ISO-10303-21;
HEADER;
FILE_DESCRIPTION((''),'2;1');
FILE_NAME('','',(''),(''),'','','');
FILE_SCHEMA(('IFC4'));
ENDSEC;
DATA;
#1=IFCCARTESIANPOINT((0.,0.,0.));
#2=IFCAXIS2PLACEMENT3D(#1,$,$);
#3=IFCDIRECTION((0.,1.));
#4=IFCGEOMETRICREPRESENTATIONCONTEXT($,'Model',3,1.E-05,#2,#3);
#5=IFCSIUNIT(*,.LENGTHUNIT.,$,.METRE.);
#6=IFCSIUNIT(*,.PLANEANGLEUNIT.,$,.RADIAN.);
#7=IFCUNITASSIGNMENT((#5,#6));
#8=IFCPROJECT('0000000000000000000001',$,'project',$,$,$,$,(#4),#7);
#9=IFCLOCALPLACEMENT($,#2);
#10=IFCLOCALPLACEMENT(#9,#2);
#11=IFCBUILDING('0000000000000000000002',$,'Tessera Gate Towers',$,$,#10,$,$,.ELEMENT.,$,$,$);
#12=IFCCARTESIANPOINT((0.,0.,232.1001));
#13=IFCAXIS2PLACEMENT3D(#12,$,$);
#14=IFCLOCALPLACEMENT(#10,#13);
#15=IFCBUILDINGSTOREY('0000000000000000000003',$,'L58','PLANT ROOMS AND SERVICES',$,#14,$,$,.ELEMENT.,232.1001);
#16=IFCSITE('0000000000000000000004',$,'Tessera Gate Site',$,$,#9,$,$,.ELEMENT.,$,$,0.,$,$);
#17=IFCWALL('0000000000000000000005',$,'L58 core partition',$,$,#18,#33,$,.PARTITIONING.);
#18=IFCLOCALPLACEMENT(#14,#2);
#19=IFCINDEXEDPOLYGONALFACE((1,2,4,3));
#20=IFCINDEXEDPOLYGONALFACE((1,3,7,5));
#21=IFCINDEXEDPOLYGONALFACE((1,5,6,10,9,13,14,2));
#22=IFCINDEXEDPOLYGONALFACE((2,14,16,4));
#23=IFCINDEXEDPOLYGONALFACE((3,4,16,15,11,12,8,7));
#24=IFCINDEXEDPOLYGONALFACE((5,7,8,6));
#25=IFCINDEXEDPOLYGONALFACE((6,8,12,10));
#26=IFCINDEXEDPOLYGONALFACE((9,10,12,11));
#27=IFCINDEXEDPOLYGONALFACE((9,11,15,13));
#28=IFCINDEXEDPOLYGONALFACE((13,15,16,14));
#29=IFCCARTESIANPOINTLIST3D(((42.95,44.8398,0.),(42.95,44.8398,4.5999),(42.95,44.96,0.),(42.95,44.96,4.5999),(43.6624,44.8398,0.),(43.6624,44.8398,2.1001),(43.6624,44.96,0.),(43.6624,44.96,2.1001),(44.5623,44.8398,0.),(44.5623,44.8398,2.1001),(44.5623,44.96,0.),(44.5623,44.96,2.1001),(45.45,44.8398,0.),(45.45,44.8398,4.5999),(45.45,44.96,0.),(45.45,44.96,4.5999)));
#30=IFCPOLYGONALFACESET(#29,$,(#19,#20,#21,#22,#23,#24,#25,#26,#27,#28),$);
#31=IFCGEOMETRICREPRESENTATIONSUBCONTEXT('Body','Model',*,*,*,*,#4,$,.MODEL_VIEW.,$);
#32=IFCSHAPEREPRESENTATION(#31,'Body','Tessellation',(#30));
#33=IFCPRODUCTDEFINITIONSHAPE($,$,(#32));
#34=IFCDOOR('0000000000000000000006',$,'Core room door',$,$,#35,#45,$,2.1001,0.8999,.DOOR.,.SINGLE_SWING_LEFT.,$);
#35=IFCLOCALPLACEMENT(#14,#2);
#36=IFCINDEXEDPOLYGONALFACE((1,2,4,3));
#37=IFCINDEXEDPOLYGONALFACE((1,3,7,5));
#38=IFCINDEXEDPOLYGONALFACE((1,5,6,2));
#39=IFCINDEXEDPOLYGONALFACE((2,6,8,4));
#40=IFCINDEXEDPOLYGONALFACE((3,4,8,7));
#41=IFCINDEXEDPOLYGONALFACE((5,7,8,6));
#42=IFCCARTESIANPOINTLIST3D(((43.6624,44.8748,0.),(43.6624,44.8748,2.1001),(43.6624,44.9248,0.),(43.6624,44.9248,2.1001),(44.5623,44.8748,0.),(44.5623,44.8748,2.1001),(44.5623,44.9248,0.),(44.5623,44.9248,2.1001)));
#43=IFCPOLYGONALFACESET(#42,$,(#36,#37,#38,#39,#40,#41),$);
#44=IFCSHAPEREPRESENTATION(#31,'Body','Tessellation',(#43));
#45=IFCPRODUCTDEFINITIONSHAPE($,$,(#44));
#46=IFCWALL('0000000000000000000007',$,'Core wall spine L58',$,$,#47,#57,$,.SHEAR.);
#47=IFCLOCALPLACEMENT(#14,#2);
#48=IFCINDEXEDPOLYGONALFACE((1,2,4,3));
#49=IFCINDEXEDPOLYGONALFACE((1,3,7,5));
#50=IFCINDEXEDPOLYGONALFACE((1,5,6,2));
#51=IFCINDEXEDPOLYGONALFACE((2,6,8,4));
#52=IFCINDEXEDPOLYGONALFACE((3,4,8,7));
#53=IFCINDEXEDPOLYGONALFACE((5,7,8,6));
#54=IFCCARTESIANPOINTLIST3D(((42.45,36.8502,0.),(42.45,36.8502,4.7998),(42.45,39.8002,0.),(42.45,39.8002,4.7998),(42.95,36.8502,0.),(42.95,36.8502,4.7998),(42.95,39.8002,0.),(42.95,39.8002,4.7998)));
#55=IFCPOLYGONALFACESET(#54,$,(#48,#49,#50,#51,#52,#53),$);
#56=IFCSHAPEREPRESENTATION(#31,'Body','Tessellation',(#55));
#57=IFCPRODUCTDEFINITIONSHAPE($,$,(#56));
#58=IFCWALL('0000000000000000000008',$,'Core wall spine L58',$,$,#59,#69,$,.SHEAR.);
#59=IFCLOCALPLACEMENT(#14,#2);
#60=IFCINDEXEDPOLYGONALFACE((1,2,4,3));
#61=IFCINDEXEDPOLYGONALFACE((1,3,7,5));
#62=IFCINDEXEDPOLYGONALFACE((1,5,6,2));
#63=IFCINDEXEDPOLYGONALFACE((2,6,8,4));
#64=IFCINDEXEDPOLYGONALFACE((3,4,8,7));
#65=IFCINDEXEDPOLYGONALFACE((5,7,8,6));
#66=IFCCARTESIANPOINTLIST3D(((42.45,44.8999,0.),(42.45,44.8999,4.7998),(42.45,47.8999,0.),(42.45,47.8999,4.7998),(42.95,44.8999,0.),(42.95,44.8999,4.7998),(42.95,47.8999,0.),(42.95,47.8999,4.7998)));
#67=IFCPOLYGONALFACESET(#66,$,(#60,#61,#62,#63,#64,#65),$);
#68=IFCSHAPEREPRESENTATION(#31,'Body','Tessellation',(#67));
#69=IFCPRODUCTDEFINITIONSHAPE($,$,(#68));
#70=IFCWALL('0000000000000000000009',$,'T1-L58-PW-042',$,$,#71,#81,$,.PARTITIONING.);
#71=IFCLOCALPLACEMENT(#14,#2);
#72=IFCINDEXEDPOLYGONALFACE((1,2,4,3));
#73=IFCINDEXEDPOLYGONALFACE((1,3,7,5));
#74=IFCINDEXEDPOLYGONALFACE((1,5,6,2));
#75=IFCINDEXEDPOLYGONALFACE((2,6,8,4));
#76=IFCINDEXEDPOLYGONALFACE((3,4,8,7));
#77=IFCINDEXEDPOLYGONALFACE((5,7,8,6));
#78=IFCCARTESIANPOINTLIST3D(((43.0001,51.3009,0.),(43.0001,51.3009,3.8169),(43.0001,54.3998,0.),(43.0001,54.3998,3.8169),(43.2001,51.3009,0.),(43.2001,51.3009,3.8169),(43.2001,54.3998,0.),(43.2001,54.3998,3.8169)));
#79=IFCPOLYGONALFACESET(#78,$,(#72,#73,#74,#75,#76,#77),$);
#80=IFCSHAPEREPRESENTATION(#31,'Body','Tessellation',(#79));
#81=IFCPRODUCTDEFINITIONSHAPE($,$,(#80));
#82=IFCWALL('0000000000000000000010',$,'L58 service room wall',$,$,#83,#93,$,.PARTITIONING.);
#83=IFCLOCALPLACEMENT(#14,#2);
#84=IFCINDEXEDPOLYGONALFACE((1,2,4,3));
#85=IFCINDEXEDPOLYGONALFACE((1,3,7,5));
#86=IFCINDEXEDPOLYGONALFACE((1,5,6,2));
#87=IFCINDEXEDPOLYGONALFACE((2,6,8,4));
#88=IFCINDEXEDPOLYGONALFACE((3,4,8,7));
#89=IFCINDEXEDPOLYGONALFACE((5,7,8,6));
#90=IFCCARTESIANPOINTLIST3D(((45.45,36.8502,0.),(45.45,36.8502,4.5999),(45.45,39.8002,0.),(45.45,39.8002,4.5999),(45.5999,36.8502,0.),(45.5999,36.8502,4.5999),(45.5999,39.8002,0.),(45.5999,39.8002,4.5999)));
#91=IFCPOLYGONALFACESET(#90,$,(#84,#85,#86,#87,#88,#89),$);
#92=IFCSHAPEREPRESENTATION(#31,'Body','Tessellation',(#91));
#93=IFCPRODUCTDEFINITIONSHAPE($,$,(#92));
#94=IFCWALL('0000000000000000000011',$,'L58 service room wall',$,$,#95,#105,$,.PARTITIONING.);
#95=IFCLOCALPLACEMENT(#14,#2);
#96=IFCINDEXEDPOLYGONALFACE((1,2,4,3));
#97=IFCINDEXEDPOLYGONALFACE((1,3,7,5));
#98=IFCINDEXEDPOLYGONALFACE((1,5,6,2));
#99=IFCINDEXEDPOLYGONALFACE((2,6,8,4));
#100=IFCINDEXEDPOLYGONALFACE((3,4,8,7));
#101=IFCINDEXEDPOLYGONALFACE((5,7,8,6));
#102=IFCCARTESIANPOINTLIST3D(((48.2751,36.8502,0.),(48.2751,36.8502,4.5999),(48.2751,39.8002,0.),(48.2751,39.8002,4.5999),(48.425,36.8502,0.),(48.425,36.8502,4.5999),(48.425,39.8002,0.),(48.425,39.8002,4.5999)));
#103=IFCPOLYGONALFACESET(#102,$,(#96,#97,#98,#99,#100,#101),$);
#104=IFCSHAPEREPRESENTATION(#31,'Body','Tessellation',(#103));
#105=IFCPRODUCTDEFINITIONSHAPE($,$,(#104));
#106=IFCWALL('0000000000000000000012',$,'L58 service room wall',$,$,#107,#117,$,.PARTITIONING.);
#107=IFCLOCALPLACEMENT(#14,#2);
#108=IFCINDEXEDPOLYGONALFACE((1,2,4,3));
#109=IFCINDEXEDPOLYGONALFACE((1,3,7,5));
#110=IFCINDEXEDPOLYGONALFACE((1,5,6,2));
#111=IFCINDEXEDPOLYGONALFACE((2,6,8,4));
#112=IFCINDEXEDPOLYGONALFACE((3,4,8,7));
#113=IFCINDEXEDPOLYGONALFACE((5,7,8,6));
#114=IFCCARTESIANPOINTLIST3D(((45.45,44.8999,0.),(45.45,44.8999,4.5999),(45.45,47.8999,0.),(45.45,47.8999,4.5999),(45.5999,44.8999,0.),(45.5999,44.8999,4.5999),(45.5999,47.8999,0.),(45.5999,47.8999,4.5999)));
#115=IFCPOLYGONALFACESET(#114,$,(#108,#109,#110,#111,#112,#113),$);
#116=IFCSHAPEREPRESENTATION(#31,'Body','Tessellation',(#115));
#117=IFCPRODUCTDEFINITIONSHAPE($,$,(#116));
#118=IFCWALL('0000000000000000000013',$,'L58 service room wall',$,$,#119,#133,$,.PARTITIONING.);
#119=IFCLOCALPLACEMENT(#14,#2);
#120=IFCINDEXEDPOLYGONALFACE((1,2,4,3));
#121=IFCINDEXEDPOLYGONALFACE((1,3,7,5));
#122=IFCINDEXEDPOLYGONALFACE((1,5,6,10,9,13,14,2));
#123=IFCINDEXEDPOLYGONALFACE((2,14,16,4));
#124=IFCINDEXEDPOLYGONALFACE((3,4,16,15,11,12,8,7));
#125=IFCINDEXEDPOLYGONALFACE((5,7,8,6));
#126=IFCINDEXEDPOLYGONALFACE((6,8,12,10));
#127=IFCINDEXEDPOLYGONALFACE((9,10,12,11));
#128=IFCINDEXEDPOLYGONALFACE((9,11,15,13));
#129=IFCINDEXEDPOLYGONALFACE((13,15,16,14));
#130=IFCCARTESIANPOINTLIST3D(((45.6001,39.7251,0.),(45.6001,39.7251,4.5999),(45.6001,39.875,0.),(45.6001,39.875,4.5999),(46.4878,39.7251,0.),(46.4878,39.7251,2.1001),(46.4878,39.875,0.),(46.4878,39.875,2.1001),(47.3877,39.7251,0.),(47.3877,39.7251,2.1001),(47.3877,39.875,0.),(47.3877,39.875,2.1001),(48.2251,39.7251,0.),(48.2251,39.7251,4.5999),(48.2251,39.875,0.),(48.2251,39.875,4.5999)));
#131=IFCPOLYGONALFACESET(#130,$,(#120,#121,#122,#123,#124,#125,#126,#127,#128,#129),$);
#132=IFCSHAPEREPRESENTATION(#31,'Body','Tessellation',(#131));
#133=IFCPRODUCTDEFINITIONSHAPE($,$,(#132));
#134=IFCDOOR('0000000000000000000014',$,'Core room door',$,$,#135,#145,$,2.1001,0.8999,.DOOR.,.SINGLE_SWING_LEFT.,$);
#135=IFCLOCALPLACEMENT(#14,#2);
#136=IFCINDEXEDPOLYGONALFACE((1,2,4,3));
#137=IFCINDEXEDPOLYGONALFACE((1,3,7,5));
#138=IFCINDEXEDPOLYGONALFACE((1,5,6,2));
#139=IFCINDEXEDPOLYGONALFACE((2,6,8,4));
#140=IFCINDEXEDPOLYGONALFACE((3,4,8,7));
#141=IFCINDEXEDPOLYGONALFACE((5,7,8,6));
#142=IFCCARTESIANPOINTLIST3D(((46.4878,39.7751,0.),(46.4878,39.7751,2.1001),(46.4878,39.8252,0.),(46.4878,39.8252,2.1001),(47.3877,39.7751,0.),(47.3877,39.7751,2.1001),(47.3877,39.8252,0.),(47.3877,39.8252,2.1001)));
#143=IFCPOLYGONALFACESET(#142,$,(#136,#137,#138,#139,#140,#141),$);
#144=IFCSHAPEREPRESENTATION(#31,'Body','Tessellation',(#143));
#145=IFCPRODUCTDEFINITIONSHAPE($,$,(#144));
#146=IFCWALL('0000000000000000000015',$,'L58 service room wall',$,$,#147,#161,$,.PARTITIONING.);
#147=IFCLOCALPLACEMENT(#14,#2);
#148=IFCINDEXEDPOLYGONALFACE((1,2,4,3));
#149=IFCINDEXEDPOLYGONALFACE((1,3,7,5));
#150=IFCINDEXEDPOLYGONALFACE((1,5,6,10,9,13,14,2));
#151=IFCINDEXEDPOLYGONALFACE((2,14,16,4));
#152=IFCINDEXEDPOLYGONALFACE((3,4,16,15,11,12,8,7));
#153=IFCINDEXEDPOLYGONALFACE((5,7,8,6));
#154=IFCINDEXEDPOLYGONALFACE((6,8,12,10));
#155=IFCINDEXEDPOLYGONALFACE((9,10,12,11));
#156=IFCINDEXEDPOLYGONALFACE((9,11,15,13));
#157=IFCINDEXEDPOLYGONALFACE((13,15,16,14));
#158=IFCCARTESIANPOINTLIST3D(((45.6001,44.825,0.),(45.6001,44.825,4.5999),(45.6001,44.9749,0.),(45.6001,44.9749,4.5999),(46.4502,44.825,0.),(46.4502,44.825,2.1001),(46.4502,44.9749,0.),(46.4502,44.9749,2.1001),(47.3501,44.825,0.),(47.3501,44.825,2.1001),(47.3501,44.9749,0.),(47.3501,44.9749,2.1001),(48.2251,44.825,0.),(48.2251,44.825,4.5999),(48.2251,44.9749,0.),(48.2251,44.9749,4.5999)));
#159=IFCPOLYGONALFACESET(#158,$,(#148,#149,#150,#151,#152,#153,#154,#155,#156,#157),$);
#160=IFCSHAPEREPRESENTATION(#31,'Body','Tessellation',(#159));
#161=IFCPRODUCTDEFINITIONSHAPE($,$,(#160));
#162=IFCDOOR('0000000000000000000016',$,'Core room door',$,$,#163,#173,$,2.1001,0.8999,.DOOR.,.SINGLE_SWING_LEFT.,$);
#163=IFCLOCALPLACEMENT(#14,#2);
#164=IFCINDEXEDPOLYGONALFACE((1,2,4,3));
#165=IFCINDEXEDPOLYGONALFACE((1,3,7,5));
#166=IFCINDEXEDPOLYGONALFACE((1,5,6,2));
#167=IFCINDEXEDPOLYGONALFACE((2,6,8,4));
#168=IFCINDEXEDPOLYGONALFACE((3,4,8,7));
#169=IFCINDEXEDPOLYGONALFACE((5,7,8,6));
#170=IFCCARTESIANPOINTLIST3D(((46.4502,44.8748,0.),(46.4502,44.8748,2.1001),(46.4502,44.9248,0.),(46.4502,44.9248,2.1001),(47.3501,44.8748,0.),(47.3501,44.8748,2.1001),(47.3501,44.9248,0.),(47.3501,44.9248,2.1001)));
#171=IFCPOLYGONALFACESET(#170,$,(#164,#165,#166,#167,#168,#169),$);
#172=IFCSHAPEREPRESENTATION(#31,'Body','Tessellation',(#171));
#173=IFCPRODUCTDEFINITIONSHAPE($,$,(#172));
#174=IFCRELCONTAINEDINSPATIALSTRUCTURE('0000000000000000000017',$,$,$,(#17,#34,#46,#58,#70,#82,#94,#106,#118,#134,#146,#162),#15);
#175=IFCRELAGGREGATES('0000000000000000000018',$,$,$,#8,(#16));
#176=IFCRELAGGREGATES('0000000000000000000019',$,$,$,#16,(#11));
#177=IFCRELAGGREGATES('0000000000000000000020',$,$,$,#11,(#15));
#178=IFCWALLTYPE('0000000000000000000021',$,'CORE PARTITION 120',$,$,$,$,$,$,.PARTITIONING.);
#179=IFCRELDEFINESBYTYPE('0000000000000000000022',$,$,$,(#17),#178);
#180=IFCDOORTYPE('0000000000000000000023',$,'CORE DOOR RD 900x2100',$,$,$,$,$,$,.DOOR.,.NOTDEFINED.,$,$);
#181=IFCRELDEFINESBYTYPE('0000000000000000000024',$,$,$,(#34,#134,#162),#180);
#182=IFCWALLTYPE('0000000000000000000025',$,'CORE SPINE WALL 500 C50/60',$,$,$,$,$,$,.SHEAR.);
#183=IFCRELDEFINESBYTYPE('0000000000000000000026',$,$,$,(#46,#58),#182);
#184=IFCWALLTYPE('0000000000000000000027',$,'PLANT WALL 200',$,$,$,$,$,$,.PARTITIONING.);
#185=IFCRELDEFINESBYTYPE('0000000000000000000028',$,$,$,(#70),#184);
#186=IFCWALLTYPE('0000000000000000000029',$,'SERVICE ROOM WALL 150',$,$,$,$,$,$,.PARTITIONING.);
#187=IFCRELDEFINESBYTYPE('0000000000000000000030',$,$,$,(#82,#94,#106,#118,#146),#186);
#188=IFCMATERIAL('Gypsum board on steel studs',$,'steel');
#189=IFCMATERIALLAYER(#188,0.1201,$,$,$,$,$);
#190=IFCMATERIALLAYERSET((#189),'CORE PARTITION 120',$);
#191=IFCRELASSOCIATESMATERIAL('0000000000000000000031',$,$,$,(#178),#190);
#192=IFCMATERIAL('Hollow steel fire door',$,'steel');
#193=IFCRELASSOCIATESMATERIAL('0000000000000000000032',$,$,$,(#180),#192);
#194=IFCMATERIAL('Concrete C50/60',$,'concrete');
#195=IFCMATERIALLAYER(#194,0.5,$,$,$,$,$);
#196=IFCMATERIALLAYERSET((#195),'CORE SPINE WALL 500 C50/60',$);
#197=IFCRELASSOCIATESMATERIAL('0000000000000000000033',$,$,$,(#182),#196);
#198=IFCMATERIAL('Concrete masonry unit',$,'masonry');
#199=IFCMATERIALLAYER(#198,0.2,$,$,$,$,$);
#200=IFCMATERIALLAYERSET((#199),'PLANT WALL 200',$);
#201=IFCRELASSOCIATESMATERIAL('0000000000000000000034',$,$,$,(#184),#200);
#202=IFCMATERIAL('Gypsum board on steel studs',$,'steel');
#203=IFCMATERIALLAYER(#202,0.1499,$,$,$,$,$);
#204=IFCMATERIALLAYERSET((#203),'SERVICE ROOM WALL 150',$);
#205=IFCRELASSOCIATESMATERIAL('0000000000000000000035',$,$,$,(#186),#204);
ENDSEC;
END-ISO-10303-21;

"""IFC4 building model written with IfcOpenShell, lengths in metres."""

from ifc_helpers import new_model, si_unit, direction, frame, frame_2d, origin, place, context, subcontext, project, spatial, rectangle, extrude, source, transform, mapped, material, layer, layer_set, type_object, element, fill, save


model = new_model("IFC4")

# Units and contexts
model_context = context("Model", 3, precision=1e-05, world=origin(), true_north=direction((0.0, 1.0)))
body_context = subcontext(model_context, "Body", "Model", "MODEL_VIEW")
ifc_project = project(units=[si_unit("LENGTHUNIT", "METRE"), si_unit("PLANEANGLEUNIT", "RADIAN")], contexts=[model_context])

# Site, building, storey
site_placement = place(None, origin())
site = spatial("IfcSite", under=ifc_project, at=site_placement, Name="Tessera Gate Site", CompositionType="ELEMENT", RefElevation=0.0)
building_placement = place(site_placement, origin())
building = spatial("IfcBuilding", under=site, at=building_placement, Name="Tessera Gate Towers", CompositionType="ELEMENT")
storey_placement = place(building_placement, frame((0.0, 0.0, 232.1001)))
storey = spatial("IfcBuildingStorey", under=building, at=storey_placement, Name="L58", Description="PLANT ROOMS AND SERVICES", CompositionType="ELEMENT", Elevation=232.1001)

# Wall, opening, door
ifc_material_1 = material(Name="Gypsum board on steel studs", Category="steel")
ifc_layer_1 = layer(ifc_material_1, 0.1201)
ifc_layer_set_1 = layer_set([ifc_layer_1], Name="CORE PARTITION 120")
wall_type_1 = type_object("IfcWallType", Name="CORE PARTITION 120", PredefinedType="PARTITIONING", material=ifc_layer_set_1)
shared_shape_1 = source(origin(), body_context, "Body", "SweptSolid", [
    extrude(rectangle(XDim=0.8999, YDim=2.1001, at=frame_2d((0.45, 1.05))), frame((0.0, 0.0701, 0.0), z_axis=(0.0, -1.0, 0.0), x_axis=(1.0, 0.0, 0.0)), (0.0, 0.0, 1.0), 0.1401),
])
ifc_material_2 = material(Name="Hollow steel fire door", Category="steel")
door_type_1 = type_object("IfcDoorType", Name="CORE DOOR RD 900x2100", OperationType="NOTDEFINED", PredefinedType="DOOR", material=ifc_material_2)
shared_shape_2 = source(origin(), body_context, "Body", "SweptSolid", [
    extrude(rectangle(XDim=0.8999, YDim=2.1001, at=frame_2d((0.45, 1.05))), frame((0.0, 0.0249, 0.0), z_axis=(0.0, -1.0, 0.0), x_axis=(1.0, 0.0, 0.0)), (0.0, 0.0, 1.0), 0.05),
])
wall_1_placement = place(storey_placement, frame((42.95, 44.8999, 0.0), z_axis=(0.0, 0.0, 1.0), x_axis=(1.0, 0.0, 0.0)))
wall_1 = element("IfcWall", 1, at=wall_1_placement, inside=storey, type_object=wall_type_1, Name="L58 core partition", PredefinedType="PARTITIONING", context=body_context, shape_type="SweptSolid", body=[
    extrude(rectangle(XDim=2.5, YDim=0.1201, at=frame_2d((1.25, 0.0))), origin(), (0.0, 0.0, 1.0), 4.5999),
])
opening_1_placement = place(wall_1_placement, frame((0.7124, 0.0, 0.0)))
opening_1 = element("IfcOpeningElement", 2, at=opening_1_placement, cuts=wall_1, PredefinedType="OPENING", context=body_context, shape_type="MappedRepresentation", body=[
    mapped(shared_shape_1, transform((0.0, 0.0, 0.0), scale=1.0)),
])
door_1_placement = place(opening_1_placement, origin())
door_1 = element("IfcDoor", 3, at=door_1_placement, inside=storey, type_object=door_type_1, Name="Core room door", OperationType="SINGLE_SWING_LEFT", OverallHeight=2.1001, OverallWidth=0.8999, PredefinedType="DOOR", context=body_context, shape_type="MappedRepresentation", body=[
    mapped(shared_shape_2, transform((0.0, 0.0, 0.0), scale=1.0)),
])
fill(opening_1, door_1)

# Walls
ifc_material_3 = material(Name="Concrete C50/60", Category="concrete")
ifc_layer_2 = layer(ifc_material_3, 0.5)
ifc_layer_set_2 = layer_set([ifc_layer_2], Name="CORE SPINE WALL 500 C50/60")
wall_type_2 = type_object("IfcWallType", Name="CORE SPINE WALL 500 C50/60", PredefinedType="SHEAR", material=ifc_layer_set_2)
wall_2_placement = place(storey_placement, frame((42.7, 36.8501, 0.0), z_axis=(0.0, 0.0, 1.0), x_axis=(0.0, 1.0, 0.0)))
element("IfcWall", 4, at=wall_2_placement, inside=storey, type_object=wall_type_2, Name="Core wall spine L58", PredefinedType="SHEAR", context=body_context, shape_type="SweptSolid", body=[
    extrude(rectangle(XDim=2.95, YDim=0.5, at=frame_2d((1.4751, 0.0))), origin(), (0.0, 0.0, 1.0), 4.7998),
])
wall_3_placement = place(storey_placement, frame((42.7, 44.8999, 0.0), z_axis=(0.0, 0.0, 1.0), x_axis=(0.0, 1.0, 0.0)))
element("IfcWall", 5, at=wall_3_placement, inside=storey, type_object=wall_type_2, Name="Core wall spine L58", PredefinedType="SHEAR", context=body_context, shape_type="SweptSolid", body=[
    extrude(rectangle(XDim=3.0, YDim=0.5, at=frame_2d((1.5, 0.0))), origin(), (0.0, 0.0, 1.0), 4.7998),
])
ifc_material_4 = material(Name="Concrete masonry unit", Category="masonry")
ifc_layer_3 = layer(ifc_material_4, 0.2)
ifc_layer_set_3 = layer_set([ifc_layer_3], Name="PLANT WALL 200")
wall_type_3 = type_object("IfcWallType", Name="PLANT WALL 200", PredefinedType="PARTITIONING", material=ifc_layer_set_3)
wall_4_placement = place(storey_placement, frame((43.1001, 51.301, 0.0), z_axis=(0.0, 0.0, 1.0), x_axis=(0.0, 1.0, 0.0)))
element("IfcWall", 6, at=wall_4_placement, inside=storey, type_object=wall_type_3, Name="T1-L58-PW-042", PredefinedType="PARTITIONING", context=body_context, shape_type="SweptSolid", body=[
    extrude(rectangle(XDim=3.0989, YDim=0.2, at=frame_2d((1.5493, 0.0))), origin(), (0.0, 0.0, 1.0), 3.8169),
])
ifc_material_5 = material(Name="Gypsum board on steel studs", Category="steel")
ifc_layer_4 = layer(ifc_material_5, 0.1499)
ifc_layer_set_4 = layer_set([ifc_layer_4], Name="SERVICE ROOM WALL 150")
wall_type_4 = type_object("IfcWallType", Name="SERVICE ROOM WALL 150", PredefinedType="PARTITIONING", material=ifc_layer_set_4)
for number, where, z_axis, x_axis, name in (
    (7, (45.5249, 36.8501, 0.0), (0.0, 0.0, 1.0), (0.0, 1.0, 0.0), "L58 service room wall"),
    (8, (48.3501, 36.8501, 0.0), (0.0, 0.0, 1.0), (0.0, 1.0, 0.0), "L58 service room wall"),
):
    element("IfcWall", number, at=place(storey_placement, frame(where, z_axis=z_axis, x_axis=x_axis)), inside=storey, type_object=wall_type_4, Name=name, PredefinedType="PARTITIONING", context=body_context, shape_type="SweptSolid", body=[
        extrude(rectangle(XDim=2.95, YDim=0.1499, at=frame_2d((1.4751, 0.0))), origin(), (0.0, 0.0, 1.0), 4.5999),
    ])
wall_5_placement = place(storey_placement, frame((45.5249, 44.8999, 0.0), z_axis=(0.0, 0.0, 1.0), x_axis=(0.0, 1.0, 0.0)))
element("IfcWall", 9, at=wall_5_placement, inside=storey, type_object=wall_type_4, Name="L58 service room wall", PredefinedType="PARTITIONING", context=body_context, shape_type="SweptSolid", body=[
    extrude(rectangle(XDim=3.0, YDim=0.1499, at=frame_2d((1.5, 0.0))), origin(), (0.0, 0.0, 1.0), 4.5999),
])

# Walls, openings, doors
wall_6_placement = place(storey_placement, frame((48.2251, 39.8, 0.0), z_axis=(0.0, 0.0, 1.0), x_axis=(-1.0, 0.0, 0.0)))
wall_6 = element("IfcWall", 10, at=wall_6_placement, inside=storey, type_object=wall_type_4, Name="L58 service room wall", PredefinedType="PARTITIONING", context=body_context, shape_type="SweptSolid", body=[
    extrude(rectangle(XDim=2.625, YDim=0.1499, at=frame_2d((1.3125, 0.0))), origin(), (0.0, 0.0, 1.0), 4.5999),
])
shared_shape_3 = source(origin(), body_context, "Body", "SweptSolid", [
    extrude(rectangle(XDim=0.8999, YDim=2.1001, at=frame_2d((0.45, 1.05))), frame((0.0, 0.085, 0.0), z_axis=(0.0, -1.0, 0.0), x_axis=(1.0, 0.0, 0.0)), (0.0, 0.0, 1.0), 0.1699),
])
opening_2_placement = place(wall_6_placement, frame((0.8374, 0.0, 0.0)))
opening_2 = element("IfcOpeningElement", 11, at=opening_2_placement, cuts=wall_6, PredefinedType="OPENING", context=body_context, shape_type="MappedRepresentation", body=[
    mapped(shared_shape_3, transform((0.0, 0.0, 0.0), scale=1.0)),
])
door_2_placement = place(opening_2_placement, origin())
door_2 = element("IfcDoor", 12, at=door_2_placement, inside=storey, type_object=door_type_1, Name="Core room door", OperationType="SINGLE_SWING_LEFT", OverallHeight=2.1001, OverallWidth=0.8999, PredefinedType="DOOR", context=body_context, shape_type="MappedRepresentation", body=[
    mapped(shared_shape_2, transform((0.0, 0.0, 0.0), scale=1.0)),
])
fill(opening_2, door_2)
wall_7_placement = place(storey_placement, frame((45.6001, 44.8999, 0.0), z_axis=(0.0, 0.0, 1.0), x_axis=(1.0, 0.0, 0.0)))
wall_7 = element("IfcWall", 13, at=wall_7_placement, inside=storey, type_object=wall_type_4, Name="L58 service room wall", PredefinedType="PARTITIONING", context=body_context, shape_type="SweptSolid", body=[
    extrude(rectangle(XDim=2.625, YDim=0.1499, at=frame_2d((1.3125, 0.0))), origin(), (0.0, 0.0, 1.0), 4.5999),
])
opening_3_placement = place(wall_7_placement, frame((0.8501, 0.0, 0.0)))
opening_3 = element("IfcOpeningElement", 14, at=opening_3_placement, cuts=wall_7, PredefinedType="OPENING", context=body_context, shape_type="MappedRepresentation", body=[
    mapped(shared_shape_3, transform((0.0, 0.0, 0.0), scale=1.0)),
])
door_3_placement = place(opening_3_placement, origin())
door_3 = element("IfcDoor", 15, at=door_3_placement, inside=storey, type_object=door_type_1, Name="Core room door", OperationType="SINGLE_SWING_LEFT", OverallHeight=2.1001, OverallWidth=0.8999, PredefinedType="DOOR", context=body_context, shape_type="MappedRepresentation", body=[
    mapped(shared_shape_2, transform((0.0, 0.0, 0.0), scale=1.0)),
])
fill(opening_3, door_3)

save(model, "model.ifc")
